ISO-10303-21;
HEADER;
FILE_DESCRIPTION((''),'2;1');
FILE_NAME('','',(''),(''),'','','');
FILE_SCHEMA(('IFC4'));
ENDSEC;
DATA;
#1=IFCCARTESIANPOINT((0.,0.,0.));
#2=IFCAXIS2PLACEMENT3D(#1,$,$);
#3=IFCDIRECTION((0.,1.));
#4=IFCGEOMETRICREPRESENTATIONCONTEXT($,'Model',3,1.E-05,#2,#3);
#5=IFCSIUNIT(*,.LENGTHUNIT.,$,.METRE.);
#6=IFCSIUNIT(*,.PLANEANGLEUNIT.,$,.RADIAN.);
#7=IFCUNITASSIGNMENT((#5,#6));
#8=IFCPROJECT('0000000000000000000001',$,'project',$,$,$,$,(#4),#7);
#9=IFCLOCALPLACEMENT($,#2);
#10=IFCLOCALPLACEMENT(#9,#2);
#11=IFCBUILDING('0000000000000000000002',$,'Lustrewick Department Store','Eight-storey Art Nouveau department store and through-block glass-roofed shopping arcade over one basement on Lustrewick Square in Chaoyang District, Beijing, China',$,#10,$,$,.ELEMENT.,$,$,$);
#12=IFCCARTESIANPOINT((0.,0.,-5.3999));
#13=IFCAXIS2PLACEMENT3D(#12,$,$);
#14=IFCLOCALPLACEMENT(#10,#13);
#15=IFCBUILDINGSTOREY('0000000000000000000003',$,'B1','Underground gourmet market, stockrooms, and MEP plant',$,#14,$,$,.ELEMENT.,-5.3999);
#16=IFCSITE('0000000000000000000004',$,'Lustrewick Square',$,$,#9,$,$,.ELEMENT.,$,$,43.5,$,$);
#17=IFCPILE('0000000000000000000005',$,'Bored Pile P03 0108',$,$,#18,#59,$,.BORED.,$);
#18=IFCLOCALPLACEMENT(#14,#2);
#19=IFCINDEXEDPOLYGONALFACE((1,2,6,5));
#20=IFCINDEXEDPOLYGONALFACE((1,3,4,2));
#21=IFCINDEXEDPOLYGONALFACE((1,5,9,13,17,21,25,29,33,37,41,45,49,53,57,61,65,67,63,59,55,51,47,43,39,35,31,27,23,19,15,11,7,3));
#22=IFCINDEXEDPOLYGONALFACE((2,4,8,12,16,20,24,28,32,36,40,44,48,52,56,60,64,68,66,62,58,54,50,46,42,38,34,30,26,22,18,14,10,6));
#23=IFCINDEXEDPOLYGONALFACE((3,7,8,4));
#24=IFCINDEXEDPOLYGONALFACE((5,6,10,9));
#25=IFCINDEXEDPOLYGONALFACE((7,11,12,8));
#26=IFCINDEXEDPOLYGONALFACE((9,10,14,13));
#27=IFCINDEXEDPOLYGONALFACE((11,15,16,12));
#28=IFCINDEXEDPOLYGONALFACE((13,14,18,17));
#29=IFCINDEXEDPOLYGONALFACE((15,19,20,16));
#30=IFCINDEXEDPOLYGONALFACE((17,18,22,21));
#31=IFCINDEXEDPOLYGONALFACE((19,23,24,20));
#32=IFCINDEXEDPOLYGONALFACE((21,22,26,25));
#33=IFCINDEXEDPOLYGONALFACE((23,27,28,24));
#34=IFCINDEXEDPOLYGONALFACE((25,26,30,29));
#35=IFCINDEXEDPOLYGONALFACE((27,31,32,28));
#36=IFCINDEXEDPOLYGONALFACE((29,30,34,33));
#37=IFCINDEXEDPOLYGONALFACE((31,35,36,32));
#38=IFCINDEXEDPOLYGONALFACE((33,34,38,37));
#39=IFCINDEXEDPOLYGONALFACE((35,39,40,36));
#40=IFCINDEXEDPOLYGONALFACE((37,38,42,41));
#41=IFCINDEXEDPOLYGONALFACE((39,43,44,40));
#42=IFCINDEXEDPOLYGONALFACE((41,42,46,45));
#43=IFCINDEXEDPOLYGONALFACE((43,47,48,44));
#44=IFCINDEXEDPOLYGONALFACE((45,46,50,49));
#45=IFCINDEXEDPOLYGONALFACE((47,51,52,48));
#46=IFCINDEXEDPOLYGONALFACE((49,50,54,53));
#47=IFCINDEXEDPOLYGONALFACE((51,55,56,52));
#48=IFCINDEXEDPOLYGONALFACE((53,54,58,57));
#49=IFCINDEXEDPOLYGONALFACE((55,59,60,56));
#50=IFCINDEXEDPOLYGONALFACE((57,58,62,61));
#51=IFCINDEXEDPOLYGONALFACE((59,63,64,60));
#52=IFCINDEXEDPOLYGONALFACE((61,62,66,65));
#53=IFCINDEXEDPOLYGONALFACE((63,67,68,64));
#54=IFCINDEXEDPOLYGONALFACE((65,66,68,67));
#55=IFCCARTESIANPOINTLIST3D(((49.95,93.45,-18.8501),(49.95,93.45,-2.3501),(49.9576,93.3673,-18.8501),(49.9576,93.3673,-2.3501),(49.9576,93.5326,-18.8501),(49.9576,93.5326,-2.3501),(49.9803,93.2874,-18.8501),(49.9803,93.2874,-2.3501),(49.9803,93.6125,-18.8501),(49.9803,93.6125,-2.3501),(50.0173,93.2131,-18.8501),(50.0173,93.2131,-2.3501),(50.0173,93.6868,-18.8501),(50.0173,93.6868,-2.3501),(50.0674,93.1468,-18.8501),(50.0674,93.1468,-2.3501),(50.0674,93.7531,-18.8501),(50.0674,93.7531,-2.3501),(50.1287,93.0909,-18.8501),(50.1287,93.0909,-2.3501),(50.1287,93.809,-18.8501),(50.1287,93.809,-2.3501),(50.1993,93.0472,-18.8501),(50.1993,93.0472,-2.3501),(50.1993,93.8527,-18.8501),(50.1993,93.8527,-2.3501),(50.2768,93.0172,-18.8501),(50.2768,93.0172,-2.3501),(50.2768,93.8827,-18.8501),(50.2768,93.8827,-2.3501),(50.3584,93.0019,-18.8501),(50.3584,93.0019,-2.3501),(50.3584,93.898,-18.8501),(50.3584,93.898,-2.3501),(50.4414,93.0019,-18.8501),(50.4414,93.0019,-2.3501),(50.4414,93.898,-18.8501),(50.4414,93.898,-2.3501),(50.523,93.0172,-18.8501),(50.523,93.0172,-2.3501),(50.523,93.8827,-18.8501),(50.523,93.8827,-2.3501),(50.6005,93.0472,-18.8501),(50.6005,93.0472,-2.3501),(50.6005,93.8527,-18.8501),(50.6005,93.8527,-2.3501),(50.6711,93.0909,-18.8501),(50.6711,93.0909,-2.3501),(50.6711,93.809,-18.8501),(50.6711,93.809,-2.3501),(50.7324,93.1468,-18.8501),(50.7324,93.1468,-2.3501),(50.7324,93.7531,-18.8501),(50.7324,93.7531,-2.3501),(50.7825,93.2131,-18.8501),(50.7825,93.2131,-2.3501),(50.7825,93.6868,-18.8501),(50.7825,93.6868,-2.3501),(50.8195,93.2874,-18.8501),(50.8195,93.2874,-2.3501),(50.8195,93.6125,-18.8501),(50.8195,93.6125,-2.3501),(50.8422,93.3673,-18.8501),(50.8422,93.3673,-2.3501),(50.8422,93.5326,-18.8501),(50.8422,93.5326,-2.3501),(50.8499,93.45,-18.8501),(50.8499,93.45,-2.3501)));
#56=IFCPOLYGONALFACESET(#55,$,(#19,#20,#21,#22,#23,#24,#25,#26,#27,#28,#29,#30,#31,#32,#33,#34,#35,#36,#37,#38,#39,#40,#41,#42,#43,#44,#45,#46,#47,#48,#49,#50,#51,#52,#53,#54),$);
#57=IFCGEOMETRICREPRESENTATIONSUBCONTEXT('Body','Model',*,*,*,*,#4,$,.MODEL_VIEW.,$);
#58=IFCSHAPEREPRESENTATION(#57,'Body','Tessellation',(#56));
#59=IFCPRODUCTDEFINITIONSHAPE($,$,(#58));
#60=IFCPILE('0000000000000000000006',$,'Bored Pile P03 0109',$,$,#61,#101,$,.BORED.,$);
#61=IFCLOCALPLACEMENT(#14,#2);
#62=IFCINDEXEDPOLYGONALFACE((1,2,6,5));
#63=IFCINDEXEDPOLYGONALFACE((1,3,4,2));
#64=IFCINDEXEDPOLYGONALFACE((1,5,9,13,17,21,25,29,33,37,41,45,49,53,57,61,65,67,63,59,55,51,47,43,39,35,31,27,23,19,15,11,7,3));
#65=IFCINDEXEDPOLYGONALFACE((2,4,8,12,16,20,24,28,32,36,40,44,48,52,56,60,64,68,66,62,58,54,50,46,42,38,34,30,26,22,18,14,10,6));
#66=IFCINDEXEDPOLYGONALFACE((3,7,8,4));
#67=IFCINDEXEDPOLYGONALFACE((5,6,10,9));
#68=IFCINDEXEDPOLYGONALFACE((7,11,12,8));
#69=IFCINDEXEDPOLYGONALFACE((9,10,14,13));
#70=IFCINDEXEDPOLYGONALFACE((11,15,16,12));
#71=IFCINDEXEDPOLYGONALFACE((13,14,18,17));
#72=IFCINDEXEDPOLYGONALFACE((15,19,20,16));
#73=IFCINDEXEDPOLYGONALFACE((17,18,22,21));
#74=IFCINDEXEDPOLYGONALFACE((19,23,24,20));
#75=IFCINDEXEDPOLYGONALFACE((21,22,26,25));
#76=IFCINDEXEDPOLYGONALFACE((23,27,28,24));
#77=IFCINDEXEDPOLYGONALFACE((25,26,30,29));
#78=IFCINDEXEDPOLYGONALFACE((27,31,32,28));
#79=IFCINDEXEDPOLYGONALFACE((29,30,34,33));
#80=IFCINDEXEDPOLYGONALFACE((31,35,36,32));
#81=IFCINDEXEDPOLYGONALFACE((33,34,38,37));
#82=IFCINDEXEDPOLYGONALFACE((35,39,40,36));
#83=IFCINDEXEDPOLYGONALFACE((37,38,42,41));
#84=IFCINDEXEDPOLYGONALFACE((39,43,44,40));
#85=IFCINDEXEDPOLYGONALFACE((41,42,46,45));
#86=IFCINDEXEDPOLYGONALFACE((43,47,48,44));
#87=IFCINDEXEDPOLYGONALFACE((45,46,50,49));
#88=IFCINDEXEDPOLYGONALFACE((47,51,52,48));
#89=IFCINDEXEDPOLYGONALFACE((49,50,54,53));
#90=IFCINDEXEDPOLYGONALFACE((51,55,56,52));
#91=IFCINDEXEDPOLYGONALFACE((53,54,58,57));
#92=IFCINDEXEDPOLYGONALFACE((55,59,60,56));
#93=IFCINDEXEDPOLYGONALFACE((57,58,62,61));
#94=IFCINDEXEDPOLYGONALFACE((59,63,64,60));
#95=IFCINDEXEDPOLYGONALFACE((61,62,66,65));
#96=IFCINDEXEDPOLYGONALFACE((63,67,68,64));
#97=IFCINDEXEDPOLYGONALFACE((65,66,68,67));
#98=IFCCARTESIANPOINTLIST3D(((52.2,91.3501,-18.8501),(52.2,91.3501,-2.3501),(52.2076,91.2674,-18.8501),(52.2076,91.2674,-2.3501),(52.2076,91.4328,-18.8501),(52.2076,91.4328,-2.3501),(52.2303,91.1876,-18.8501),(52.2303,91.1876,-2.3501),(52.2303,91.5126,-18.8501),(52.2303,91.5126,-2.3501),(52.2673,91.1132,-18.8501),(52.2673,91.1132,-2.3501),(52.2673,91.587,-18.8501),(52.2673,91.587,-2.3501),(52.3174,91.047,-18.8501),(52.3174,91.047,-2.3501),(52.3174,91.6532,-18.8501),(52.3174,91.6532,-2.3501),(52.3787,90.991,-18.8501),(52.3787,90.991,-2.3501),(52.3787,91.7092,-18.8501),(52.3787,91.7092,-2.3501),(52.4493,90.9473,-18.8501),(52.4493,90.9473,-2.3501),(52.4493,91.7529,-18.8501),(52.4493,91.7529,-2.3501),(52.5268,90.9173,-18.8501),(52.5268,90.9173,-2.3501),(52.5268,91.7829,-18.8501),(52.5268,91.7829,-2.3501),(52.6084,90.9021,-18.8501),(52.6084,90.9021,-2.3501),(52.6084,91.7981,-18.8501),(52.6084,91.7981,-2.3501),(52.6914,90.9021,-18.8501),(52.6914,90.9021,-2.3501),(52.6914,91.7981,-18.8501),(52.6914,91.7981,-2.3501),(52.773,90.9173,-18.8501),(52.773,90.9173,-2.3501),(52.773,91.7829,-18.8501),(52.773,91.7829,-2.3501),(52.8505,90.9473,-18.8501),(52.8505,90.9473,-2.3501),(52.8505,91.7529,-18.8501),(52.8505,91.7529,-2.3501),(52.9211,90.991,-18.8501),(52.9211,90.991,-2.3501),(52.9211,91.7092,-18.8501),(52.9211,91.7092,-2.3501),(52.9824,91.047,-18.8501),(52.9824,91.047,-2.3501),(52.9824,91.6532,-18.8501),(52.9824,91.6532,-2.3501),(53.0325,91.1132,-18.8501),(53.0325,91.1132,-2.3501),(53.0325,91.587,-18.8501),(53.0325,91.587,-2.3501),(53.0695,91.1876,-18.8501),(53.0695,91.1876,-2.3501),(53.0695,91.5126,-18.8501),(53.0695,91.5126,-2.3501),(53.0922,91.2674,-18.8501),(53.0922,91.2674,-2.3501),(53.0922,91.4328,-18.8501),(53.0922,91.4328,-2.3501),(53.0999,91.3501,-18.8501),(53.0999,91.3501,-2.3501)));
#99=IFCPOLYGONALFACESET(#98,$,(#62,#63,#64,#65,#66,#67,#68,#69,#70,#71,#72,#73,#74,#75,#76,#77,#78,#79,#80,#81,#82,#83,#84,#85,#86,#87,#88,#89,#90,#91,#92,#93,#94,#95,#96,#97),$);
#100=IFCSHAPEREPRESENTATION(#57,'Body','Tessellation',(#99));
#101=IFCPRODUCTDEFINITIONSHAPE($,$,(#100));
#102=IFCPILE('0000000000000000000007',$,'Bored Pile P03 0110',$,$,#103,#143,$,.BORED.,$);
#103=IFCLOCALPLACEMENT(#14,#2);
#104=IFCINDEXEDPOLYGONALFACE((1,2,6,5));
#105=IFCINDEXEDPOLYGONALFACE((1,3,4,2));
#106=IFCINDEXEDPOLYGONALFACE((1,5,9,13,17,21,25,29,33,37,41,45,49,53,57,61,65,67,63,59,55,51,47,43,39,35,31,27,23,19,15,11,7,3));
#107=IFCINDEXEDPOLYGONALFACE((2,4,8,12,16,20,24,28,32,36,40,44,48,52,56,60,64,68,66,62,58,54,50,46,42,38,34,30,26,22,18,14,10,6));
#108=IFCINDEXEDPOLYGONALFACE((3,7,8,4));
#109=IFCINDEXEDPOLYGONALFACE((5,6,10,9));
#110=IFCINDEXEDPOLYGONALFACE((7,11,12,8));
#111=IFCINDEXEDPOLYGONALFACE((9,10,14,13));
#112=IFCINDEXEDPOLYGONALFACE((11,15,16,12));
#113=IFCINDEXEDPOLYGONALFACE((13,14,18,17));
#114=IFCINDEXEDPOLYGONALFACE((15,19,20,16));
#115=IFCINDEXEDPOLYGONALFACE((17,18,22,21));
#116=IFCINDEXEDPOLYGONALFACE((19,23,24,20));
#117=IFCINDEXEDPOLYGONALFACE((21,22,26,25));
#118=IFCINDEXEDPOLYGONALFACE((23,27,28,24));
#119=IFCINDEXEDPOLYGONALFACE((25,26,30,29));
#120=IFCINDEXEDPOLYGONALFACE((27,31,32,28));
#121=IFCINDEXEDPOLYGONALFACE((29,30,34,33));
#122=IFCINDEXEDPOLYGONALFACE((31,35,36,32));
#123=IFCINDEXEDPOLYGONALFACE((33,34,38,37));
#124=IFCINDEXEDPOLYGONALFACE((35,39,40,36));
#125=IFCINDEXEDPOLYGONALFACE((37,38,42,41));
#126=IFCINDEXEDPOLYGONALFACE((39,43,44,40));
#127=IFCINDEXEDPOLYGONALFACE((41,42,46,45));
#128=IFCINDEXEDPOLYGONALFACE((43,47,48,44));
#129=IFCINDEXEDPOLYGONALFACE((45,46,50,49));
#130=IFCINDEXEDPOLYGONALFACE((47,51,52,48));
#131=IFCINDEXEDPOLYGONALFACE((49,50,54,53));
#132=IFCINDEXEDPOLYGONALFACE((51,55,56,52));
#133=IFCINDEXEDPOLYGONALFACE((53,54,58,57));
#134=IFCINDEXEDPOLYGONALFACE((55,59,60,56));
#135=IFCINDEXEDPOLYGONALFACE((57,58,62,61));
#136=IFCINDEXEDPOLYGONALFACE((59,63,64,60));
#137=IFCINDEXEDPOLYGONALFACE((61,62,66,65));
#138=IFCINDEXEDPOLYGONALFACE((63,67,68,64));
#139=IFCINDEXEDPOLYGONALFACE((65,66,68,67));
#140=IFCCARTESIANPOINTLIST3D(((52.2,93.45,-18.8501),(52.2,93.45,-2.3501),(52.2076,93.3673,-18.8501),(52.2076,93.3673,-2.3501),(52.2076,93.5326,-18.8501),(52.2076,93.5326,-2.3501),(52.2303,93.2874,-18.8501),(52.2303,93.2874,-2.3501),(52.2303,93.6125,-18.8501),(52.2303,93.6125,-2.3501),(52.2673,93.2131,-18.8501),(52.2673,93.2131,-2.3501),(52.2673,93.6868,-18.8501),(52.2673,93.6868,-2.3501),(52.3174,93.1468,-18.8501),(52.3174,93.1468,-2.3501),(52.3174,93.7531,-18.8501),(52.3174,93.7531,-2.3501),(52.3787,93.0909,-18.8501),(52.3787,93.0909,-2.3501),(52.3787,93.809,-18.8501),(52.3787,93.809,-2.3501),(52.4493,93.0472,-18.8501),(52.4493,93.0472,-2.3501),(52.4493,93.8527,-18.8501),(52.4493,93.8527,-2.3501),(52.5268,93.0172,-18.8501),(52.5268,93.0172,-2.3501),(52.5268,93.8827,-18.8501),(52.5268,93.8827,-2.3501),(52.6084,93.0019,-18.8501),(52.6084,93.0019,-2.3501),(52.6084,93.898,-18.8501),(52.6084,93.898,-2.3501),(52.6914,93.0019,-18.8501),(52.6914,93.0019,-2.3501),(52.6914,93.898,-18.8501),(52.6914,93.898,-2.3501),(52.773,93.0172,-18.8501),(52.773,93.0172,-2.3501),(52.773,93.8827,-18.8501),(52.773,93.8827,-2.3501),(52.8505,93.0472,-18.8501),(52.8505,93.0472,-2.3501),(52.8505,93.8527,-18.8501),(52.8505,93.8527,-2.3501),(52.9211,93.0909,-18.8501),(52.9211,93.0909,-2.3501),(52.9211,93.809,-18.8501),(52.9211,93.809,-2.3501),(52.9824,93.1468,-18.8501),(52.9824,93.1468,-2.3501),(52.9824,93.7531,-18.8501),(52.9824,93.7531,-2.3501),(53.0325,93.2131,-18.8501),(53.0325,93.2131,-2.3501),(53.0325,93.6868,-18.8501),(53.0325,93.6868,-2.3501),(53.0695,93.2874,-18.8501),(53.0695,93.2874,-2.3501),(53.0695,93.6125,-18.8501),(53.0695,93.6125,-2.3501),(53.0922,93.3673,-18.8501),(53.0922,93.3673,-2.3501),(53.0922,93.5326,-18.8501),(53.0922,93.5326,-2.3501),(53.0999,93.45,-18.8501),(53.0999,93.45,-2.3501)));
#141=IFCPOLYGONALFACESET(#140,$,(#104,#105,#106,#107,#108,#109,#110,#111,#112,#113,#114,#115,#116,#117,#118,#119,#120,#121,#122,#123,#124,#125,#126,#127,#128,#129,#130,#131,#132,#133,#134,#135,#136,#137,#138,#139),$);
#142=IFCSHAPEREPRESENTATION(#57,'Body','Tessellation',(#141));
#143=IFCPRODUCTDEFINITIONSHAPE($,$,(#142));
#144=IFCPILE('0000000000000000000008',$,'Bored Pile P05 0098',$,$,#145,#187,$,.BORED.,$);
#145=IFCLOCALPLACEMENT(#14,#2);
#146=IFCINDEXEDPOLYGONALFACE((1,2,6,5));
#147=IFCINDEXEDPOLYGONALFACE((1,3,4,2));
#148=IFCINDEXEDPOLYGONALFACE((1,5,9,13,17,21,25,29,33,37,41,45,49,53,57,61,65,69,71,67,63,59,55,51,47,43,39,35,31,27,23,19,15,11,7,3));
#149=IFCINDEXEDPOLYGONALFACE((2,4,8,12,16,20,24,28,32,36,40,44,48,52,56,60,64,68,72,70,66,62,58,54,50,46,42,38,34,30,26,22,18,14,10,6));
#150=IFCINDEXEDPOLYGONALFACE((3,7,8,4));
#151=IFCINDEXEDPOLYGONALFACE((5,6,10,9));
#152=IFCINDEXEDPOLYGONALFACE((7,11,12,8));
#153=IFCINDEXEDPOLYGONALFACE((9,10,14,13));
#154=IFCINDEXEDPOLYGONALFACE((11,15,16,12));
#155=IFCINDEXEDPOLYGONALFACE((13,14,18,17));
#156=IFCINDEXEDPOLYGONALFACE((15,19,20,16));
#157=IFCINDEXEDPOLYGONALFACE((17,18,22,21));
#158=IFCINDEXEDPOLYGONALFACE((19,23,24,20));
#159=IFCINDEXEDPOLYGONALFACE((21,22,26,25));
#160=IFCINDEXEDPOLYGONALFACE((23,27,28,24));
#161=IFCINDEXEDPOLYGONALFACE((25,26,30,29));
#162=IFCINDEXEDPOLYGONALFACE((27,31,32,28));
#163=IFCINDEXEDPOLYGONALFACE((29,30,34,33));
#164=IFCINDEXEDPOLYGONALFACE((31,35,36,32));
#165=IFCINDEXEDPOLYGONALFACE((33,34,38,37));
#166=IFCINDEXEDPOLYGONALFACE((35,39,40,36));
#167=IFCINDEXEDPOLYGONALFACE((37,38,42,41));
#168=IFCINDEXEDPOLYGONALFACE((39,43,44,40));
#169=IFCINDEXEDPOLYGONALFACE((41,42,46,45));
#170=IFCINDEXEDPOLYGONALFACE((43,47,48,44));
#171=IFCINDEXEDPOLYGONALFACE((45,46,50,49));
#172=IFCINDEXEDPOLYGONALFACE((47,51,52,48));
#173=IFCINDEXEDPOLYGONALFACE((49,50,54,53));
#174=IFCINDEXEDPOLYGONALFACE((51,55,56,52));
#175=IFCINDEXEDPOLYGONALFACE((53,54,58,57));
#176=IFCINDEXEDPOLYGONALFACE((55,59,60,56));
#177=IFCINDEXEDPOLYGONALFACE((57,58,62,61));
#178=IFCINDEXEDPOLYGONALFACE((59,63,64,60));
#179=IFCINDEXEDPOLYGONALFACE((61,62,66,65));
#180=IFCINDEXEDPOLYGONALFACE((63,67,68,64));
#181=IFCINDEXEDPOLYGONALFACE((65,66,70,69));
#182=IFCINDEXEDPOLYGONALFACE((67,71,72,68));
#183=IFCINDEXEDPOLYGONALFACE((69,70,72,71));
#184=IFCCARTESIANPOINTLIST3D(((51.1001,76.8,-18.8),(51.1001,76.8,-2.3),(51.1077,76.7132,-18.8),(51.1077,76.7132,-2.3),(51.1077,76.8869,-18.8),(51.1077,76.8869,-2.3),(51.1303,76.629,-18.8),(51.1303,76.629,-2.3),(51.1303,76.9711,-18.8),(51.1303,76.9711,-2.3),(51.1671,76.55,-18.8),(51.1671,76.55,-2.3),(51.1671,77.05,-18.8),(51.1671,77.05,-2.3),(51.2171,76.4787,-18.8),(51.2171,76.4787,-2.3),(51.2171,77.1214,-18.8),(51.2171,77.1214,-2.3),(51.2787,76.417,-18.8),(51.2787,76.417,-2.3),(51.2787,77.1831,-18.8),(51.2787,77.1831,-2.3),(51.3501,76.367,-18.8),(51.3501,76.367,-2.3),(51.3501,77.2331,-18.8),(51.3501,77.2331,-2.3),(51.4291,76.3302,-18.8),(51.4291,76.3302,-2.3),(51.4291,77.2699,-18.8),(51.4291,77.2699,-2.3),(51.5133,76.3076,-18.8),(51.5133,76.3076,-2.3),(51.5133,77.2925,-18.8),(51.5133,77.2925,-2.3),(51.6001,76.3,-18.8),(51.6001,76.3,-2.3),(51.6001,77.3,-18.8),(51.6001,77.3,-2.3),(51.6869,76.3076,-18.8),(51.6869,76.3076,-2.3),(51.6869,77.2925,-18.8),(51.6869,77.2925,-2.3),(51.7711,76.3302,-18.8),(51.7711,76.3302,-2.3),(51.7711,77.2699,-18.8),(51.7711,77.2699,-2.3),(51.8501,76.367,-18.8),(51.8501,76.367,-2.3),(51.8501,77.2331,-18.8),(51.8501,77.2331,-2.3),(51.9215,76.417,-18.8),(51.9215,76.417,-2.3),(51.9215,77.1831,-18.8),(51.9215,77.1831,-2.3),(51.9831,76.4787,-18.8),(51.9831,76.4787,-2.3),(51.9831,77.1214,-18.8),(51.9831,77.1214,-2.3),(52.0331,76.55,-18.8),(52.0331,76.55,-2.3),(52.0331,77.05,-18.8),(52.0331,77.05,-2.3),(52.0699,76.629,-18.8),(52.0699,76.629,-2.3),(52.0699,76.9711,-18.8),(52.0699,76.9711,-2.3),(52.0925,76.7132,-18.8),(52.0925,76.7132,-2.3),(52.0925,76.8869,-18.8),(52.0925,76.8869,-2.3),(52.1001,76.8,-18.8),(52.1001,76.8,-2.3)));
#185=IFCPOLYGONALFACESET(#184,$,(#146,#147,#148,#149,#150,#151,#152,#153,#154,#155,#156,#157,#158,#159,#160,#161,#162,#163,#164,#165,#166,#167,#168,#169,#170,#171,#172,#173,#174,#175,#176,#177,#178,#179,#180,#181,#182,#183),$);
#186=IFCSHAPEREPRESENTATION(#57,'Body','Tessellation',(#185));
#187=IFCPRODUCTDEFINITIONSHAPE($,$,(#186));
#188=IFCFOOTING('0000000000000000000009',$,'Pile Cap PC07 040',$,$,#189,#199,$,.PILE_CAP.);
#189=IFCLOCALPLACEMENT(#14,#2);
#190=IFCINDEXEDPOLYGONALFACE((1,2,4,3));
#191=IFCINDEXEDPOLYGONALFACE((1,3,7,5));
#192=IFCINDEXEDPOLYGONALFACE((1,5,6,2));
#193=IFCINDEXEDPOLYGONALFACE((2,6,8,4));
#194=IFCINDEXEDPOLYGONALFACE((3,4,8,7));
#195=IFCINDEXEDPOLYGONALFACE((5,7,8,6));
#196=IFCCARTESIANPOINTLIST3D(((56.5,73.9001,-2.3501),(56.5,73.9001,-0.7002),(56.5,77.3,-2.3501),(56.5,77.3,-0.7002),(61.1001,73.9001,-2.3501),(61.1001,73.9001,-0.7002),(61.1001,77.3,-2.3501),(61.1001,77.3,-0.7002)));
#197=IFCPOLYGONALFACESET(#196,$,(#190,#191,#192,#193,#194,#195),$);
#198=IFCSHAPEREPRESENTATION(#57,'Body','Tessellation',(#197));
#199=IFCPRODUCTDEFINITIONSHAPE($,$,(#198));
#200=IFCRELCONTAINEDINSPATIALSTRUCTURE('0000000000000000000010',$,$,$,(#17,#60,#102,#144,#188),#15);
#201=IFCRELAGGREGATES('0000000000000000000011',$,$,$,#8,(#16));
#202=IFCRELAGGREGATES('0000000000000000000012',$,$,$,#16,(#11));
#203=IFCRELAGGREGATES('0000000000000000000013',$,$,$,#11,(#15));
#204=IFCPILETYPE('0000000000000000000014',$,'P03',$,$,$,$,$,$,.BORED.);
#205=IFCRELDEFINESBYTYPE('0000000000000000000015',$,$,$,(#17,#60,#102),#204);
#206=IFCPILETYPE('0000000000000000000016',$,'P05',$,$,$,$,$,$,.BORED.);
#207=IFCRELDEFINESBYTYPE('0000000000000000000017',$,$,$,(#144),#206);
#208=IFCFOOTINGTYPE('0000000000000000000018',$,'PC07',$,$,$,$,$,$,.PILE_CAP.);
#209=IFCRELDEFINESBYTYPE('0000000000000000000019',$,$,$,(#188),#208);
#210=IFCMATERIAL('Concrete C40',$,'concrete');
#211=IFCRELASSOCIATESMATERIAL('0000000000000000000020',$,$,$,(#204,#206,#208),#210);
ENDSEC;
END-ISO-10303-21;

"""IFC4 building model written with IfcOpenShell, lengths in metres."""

from ifc_helpers import new_model, si_unit, direction, frame, origin, origin_2d, place, context, subcontext, project, spatial, rectangle, circle, extrude, material, material_profile, profile_set, type_object, element, save


model = new_model("IFC4")

# Units and contexts
model_context = context("Model", 3, precision=1e-05, world=origin(), true_north=direction((0.0, 1.0)))
body_context = subcontext(model_context, "Body", "Model", "MODEL_VIEW")
ifc_project = project(units=[si_unit("LENGTHUNIT", "METRE"), si_unit("PLANEANGLEUNIT", "RADIAN")], contexts=[model_context])

# Site, building, storey
site_placement = place(None, origin())
site = spatial("IfcSite", under=ifc_project, at=site_placement, Name="Lustrewick Square", CompositionType="ELEMENT", RefElevation=43.5)
building_placement = place(site_placement, origin())
building = spatial("IfcBuilding", under=site, at=building_placement, Name="Lustrewick Department Store", Description="Eight-storey Art Nouveau department store and through-block glass-roofed shopping arcade over one basement on Lustrewick Square in Chaoyang District, Beijing, China", CompositionType="ELEMENT")
storey_placement = place(building_placement, frame((0.0, 0.0, -5.3999)))
storey = spatial("IfcBuildingStorey", under=building, at=storey_placement, Name="B1", Description="Underground gourmet market, stockrooms, and MEP plant", CompositionType="ELEMENT", Elevation=-5.3999)

# Piles
ifc_material_1 = material(Name="Concrete C40", Category="concrete")
ifc_material_profile_1 = material_profile(ifc_material_1, circle(Radius=0.45, at=origin_2d()), Name="PILE D900")
ifc_profile_set_1 = profile_set([ifc_material_profile_1], Name="Concrete C40")
pile_type_1 = type_object("IfcPileType", Name="P03", PredefinedType="BORED", material=ifc_profile_set_1)
for number, where, z_axis, x_axis, name in (
    (1, (50.3999, 93.45, -2.3501), (0.0, 0.0, -1.0), (1.0, 0.0, 0.0), "Bored Pile P03 0108"),
    (2, (52.6499, 91.3501, -2.3501), (0.0, 0.0, -1.0), (1.0, 0.0, 0.0), "Bored Pile P03 0109"),
    (3, (52.6499, 93.45, -2.3501), (0.0, 0.0, -1.0), (1.0, 0.0, 0.0), "Bored Pile P03 0110"),
):
    element("IfcPile", number, at=place(storey_placement, frame(where, z_axis=z_axis, x_axis=x_axis)), inside=storey, type_object=pile_type_1, Name=name, PredefinedType="BORED", context=body_context, shape_type="SweptSolid", body=[
        extrude(circle(Radius=0.45, at=origin_2d()), origin(), (0.0, 0.0, 1.0), 16.5),
    ])
ifc_material_profile_2 = material_profile(ifc_material_1, circle(Radius=0.5, at=origin_2d()), Name="PILE D1000")
ifc_profile_set_2 = profile_set([ifc_material_profile_2], Name="Concrete C40")
pile_type_2 = type_object("IfcPileType", Name="P05", PredefinedType="BORED", material=ifc_profile_set_2)
pile_placement = place(storey_placement, frame((51.6001, 76.8, -2.3), z_axis=(0.0, 0.0, -1.0), x_axis=(1.0, 0.0, 0.0)))
element("IfcPile", 4, at=pile_placement, inside=storey, type_object=pile_type_2, Name="Bored Pile P05 0098", PredefinedType="BORED", context=body_context, shape_type="SweptSolid", body=[
    extrude(circle(Radius=0.5, at=origin_2d()), origin(), (0.0, 0.0, 1.0), 16.5),
])

# Footing
footing_type_1 = type_object("IfcFootingType", Name="PC07", PredefinedType="PILE_CAP", material=ifc_material_1)
footing_1_placement = place(storey_placement, frame((58.8, 75.6001, -2.3501), z_axis=(0.0, 0.0, 1.0), x_axis=(1.0, 0.0, 0.0)))
element("IfcFooting", 5, at=footing_1_placement, inside=storey, type_object=footing_type_1, Name="Pile Cap PC07 040", PredefinedType="PILE_CAP", context=body_context, shape_type="SweptSolid", body=[
    extrude(rectangle(XDim=4.6001, YDim=3.3999, at=origin_2d()), origin(), (0.0, 0.0, 1.0), 1.6499),
])

save(model, "model.ifc")
